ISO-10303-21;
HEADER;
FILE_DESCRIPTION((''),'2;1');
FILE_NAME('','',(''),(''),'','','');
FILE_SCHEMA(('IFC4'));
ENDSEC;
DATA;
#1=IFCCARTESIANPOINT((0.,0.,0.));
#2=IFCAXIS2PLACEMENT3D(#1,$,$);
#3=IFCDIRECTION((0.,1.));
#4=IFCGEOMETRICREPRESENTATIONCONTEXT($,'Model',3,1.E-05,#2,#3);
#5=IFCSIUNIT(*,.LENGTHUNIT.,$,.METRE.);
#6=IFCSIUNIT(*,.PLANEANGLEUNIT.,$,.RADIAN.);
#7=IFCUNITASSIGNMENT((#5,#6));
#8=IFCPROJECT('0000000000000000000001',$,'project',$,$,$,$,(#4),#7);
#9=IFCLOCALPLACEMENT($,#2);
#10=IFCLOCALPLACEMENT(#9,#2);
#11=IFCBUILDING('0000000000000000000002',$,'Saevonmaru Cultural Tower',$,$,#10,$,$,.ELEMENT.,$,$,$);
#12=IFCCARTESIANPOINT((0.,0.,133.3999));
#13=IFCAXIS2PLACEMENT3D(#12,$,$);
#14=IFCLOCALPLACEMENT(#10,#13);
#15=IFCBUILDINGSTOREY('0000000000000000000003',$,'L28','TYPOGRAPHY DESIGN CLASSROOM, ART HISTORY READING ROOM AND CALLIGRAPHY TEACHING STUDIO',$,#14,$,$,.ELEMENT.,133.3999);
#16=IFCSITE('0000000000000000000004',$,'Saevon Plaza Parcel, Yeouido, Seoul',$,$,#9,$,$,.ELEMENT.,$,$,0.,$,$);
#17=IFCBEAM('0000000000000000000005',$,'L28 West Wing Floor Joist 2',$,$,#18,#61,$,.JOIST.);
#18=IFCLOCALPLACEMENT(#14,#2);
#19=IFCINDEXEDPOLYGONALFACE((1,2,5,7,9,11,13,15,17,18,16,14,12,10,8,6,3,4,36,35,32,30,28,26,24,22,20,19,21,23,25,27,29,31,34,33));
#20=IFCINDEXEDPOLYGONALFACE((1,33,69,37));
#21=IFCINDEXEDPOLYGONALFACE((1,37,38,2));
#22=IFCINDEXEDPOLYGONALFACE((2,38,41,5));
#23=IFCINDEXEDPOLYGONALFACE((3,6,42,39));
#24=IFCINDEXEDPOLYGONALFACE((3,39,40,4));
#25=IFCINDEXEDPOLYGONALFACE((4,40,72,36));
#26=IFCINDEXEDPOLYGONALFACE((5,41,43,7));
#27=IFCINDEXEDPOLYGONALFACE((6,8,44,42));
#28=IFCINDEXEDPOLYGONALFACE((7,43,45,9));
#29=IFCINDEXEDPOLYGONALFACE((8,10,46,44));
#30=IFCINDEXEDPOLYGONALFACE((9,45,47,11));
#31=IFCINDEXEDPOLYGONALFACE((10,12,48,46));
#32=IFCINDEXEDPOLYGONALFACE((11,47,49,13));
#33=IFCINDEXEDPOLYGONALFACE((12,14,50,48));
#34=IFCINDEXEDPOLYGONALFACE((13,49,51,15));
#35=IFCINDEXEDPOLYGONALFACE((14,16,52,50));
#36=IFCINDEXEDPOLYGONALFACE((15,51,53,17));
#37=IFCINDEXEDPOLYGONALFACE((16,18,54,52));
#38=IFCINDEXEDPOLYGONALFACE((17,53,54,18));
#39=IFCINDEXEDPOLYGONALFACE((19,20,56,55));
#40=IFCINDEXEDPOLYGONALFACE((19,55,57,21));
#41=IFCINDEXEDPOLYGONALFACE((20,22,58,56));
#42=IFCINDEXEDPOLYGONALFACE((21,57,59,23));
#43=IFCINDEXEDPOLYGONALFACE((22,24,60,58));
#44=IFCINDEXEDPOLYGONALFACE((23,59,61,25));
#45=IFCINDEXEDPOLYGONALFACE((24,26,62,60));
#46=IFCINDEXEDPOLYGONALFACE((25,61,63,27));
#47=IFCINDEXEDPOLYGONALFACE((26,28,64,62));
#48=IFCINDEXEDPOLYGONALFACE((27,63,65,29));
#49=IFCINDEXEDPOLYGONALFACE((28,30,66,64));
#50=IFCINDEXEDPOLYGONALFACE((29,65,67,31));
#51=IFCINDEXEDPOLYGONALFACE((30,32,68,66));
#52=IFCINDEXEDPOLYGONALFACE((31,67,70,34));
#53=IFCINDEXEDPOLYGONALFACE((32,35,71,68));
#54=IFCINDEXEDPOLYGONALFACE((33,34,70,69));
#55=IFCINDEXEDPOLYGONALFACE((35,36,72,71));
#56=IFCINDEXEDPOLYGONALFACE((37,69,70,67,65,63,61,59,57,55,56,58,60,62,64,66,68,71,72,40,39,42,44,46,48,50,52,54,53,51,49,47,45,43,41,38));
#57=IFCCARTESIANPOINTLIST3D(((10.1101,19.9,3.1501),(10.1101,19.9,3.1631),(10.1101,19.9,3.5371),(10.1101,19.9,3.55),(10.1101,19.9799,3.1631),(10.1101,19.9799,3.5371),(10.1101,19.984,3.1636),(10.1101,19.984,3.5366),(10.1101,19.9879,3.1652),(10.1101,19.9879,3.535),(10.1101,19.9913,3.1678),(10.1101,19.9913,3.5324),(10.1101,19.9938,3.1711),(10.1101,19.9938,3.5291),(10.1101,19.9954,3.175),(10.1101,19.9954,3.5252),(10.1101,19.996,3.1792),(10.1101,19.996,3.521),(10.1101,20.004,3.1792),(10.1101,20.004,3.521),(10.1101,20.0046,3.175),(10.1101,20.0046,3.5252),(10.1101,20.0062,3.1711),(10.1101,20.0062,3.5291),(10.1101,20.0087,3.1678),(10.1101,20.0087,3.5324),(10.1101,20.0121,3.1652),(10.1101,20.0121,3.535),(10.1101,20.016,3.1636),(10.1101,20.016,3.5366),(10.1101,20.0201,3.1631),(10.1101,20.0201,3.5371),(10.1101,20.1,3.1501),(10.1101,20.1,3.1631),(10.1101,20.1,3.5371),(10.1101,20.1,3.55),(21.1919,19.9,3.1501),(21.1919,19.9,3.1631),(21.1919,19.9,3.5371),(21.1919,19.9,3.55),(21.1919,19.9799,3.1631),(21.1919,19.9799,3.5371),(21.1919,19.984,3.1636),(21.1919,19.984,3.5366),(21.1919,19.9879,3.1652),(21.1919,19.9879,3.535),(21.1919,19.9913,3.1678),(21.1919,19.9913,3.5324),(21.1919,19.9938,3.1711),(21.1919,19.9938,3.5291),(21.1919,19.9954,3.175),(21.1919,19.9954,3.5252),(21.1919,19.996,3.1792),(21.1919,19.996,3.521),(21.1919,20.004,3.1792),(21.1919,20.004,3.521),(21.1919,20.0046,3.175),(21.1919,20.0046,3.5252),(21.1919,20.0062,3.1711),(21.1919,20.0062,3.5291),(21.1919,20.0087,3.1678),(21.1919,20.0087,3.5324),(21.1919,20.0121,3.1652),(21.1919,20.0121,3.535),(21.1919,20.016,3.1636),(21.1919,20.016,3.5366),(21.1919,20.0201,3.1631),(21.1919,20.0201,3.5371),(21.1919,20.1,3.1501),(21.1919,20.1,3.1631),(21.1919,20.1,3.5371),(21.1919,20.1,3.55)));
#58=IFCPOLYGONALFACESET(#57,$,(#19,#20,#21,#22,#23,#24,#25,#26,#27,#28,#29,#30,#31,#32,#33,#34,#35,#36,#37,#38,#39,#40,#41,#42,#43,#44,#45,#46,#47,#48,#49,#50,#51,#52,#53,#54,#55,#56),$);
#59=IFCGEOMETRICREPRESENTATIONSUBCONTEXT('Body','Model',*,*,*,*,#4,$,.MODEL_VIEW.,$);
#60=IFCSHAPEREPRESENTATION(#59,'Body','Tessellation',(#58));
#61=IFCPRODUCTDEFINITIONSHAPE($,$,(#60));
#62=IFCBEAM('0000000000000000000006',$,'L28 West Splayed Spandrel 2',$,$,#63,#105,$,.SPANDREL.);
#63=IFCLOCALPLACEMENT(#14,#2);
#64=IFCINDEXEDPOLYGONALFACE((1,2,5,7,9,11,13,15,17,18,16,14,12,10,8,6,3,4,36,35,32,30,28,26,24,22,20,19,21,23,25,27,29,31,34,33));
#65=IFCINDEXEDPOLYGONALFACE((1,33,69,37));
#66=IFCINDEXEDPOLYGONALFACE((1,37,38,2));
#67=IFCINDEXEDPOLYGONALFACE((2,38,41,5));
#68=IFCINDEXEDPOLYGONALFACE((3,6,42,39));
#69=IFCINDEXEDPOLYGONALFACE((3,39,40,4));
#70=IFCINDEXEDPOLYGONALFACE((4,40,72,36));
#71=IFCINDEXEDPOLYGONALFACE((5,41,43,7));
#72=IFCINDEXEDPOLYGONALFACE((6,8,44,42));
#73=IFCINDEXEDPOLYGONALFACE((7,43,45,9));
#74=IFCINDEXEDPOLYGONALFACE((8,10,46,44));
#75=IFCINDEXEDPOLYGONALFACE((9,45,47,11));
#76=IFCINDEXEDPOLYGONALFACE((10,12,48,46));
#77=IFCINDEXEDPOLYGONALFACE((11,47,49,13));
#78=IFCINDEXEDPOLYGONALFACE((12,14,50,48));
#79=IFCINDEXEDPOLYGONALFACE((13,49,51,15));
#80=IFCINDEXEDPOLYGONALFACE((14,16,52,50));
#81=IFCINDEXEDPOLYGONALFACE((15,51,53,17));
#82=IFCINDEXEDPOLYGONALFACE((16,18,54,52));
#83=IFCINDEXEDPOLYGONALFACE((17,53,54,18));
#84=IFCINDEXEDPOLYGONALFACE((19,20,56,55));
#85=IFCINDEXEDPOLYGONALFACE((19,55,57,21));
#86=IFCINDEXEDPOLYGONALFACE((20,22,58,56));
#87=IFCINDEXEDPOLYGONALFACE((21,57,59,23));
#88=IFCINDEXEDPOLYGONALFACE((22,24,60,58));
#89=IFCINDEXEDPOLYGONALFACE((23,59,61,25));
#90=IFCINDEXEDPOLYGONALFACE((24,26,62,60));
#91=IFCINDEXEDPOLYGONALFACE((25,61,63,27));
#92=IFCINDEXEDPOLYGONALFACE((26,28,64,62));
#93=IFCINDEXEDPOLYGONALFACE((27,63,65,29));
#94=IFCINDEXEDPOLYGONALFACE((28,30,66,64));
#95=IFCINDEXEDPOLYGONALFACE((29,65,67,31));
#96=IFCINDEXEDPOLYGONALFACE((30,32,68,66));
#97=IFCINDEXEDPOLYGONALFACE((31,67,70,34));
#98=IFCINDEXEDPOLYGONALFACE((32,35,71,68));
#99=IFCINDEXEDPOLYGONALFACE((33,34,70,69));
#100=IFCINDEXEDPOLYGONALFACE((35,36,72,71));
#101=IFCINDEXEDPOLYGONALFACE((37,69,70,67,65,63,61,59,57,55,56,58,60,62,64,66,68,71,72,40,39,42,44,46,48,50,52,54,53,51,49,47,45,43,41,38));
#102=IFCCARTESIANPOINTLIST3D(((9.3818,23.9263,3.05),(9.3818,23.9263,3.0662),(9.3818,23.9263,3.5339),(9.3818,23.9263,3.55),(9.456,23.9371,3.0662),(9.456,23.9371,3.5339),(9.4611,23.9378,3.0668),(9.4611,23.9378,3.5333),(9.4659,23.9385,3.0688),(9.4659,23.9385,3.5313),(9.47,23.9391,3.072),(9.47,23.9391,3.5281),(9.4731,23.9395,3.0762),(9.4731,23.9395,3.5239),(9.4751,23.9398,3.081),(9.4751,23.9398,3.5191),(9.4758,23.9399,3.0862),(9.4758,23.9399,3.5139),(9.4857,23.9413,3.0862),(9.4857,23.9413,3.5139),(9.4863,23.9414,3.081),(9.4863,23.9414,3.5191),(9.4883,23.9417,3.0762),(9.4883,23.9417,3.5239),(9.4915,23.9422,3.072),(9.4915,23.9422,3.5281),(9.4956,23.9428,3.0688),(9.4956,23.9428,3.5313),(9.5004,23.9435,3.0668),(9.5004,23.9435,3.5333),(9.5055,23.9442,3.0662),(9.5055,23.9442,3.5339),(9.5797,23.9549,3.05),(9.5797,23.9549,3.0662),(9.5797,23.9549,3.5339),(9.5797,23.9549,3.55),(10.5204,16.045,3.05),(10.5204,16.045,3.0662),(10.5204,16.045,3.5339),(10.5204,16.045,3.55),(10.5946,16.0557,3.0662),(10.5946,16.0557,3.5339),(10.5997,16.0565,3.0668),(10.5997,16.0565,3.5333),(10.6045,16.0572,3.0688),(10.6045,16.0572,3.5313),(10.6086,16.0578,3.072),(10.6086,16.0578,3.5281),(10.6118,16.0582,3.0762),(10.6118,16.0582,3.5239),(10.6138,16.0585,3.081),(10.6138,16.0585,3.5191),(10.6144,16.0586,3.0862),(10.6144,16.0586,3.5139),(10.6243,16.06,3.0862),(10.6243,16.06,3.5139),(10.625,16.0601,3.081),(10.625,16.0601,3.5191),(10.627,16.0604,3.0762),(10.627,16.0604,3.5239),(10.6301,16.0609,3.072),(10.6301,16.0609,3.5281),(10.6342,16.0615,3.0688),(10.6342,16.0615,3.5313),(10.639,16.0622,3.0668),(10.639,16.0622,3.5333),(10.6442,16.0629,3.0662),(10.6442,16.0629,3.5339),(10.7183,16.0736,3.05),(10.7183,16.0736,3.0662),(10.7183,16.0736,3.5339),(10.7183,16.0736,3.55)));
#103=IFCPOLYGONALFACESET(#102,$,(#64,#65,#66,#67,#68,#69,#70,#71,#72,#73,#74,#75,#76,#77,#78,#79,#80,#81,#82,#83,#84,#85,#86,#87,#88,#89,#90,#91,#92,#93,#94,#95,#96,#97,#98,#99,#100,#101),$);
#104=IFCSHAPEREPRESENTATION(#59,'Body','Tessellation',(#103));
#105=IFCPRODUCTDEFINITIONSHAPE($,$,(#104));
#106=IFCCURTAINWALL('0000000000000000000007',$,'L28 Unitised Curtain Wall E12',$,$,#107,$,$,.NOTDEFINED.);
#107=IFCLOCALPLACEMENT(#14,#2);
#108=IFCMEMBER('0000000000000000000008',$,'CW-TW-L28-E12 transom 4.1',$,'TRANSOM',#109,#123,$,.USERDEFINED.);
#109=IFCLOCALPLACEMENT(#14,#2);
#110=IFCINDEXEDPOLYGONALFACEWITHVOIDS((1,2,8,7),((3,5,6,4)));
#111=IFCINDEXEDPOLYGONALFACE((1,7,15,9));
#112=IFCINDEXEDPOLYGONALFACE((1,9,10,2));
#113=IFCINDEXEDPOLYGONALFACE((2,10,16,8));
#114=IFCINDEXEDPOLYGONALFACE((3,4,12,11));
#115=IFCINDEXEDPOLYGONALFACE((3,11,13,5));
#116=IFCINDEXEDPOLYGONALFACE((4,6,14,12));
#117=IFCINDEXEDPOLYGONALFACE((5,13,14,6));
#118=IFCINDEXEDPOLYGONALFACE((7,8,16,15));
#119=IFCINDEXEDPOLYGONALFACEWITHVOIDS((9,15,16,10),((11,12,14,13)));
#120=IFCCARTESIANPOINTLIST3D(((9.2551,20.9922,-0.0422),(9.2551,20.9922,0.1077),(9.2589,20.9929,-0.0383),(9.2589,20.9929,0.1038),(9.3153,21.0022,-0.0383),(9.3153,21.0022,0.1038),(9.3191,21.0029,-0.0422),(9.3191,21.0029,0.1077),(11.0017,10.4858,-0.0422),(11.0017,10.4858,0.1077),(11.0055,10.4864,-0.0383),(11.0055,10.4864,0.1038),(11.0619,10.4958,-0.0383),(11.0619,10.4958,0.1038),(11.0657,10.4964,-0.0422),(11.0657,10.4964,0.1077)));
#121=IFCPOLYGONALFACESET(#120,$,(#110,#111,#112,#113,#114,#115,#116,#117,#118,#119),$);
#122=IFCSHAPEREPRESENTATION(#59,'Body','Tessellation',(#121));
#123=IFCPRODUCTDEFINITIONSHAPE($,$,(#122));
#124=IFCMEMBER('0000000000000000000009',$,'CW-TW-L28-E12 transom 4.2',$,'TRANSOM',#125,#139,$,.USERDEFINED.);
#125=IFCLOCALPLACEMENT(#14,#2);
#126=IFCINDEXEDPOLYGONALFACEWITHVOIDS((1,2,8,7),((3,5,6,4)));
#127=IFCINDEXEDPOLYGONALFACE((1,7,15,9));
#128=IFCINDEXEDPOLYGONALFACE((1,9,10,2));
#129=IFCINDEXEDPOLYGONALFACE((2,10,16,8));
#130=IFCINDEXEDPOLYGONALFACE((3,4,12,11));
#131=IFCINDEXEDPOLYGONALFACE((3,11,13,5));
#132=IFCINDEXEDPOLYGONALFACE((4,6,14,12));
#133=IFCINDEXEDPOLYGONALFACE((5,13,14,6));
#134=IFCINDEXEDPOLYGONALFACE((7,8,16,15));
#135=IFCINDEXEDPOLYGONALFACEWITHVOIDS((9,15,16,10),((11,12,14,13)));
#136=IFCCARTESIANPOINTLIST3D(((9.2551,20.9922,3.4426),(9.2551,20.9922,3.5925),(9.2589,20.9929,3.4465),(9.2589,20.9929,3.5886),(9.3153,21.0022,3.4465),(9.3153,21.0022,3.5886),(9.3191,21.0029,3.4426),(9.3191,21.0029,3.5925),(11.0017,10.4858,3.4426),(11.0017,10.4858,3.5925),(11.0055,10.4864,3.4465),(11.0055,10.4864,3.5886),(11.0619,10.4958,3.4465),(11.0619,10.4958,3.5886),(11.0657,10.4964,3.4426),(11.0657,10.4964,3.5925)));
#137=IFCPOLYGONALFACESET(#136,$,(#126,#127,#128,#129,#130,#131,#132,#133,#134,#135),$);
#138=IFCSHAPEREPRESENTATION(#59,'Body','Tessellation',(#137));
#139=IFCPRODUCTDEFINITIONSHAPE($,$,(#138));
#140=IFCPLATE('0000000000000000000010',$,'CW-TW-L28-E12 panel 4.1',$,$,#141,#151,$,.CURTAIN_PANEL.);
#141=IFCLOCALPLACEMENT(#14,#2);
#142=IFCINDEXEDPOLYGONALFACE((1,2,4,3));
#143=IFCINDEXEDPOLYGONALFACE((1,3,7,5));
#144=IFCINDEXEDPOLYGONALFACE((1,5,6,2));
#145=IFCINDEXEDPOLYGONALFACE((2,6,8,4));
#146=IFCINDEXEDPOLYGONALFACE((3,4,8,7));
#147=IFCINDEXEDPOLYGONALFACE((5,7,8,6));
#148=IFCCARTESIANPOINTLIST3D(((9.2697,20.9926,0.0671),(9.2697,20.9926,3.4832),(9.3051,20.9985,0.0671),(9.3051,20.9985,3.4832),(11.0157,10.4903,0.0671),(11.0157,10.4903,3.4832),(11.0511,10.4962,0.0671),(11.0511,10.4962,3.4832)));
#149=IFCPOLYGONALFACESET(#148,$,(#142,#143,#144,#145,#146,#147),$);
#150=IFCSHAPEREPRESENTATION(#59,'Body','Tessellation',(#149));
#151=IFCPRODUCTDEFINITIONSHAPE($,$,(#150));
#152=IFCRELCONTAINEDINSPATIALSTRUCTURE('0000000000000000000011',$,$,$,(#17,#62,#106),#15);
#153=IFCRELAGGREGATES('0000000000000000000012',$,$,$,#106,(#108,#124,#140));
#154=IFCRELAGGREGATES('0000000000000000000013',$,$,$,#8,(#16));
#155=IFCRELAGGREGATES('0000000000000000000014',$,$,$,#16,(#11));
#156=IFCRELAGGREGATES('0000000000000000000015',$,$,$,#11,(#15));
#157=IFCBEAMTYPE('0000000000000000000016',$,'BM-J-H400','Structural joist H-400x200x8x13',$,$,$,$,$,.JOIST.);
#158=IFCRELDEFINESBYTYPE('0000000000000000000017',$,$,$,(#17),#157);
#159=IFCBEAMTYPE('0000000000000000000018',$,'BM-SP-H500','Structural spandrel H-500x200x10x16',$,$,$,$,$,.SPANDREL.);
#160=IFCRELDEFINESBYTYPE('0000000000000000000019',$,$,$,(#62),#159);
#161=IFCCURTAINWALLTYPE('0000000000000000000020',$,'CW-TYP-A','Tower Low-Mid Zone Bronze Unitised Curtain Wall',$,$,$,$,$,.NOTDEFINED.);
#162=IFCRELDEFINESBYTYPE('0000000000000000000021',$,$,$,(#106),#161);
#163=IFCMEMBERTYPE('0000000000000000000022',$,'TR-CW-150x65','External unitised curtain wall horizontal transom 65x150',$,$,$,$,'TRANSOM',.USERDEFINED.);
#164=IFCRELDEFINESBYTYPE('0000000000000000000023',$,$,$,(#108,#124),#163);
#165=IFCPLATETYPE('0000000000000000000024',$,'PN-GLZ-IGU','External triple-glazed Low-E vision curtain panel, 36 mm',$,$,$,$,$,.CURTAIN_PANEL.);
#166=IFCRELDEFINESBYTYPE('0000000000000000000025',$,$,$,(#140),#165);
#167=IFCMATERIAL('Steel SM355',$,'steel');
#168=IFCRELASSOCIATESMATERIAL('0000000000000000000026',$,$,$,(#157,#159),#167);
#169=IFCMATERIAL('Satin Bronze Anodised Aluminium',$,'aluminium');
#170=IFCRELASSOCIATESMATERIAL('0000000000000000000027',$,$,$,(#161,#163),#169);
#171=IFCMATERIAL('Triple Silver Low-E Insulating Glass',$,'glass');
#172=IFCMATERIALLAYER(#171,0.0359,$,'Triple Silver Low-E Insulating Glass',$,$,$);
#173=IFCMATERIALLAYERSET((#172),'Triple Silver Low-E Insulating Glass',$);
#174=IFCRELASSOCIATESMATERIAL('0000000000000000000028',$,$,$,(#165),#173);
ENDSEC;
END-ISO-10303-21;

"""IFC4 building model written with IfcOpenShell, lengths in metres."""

from ifc_helpers import new_model, si_unit, direction, frame, origin, origin_2d, place, context, subcontext, project, spatial, rectangle, hollow_rectangle, i_section, extrude, material, layer, layer_set, material_profile, profile_set, type_object, element, aggregate, save


model = new_model("IFC4")

# Units and contexts
model_context = context("Model", 3, precision=1e-05, world=origin(), true_north=direction((0.0, 1.0)))
body_context = subcontext(model_context, "Body", "Model", "MODEL_VIEW")
ifc_project = project(units=[si_unit("LENGTHUNIT", "METRE"), si_unit("PLANEANGLEUNIT", "RADIAN")], contexts=[model_context])

# Site, building, storey
site_placement = place(None, origin())
site = spatial("IfcSite", under=ifc_project, at=site_placement, Name="Saevon Plaza Parcel, Yeouido, Seoul", CompositionType="ELEMENT", RefElevation=0.0)
building_placement = place(site_placement, origin())
building = spatial("IfcBuilding", under=site, at=building_placement, Name="Saevonmaru Cultural Tower", CompositionType="ELEMENT")
storey_placement = place(building_placement, frame((0.0, 0.0, 133.3999)))
storey = spatial("IfcBuildingStorey", under=building, at=storey_placement, Name="L28", Description="TYPOGRAPHY DESIGN CLASSROOM, ART HISTORY READING ROOM AND CALLIGRAPHY TEACHING STUDIO", CompositionType="ELEMENT", Elevation=133.3999)

# Beams
ifc_material_1 = material(Name="Steel SM355", Category="steel")
ifc_material_profile_1 = material_profile(ifc_material_1, i_section(OverallWidth=0.2, OverallDepth=0.3999, WebThickness=0.0081, FlangeThickness=0.0129, FilletRadius=0.0161, at=origin_2d()), Name="H-400x200x8x13")
ifc_profile_set_1 = profile_set([ifc_material_profile_1], Name="Steel SM355")
beam_type_1 = type_object("IfcBeamType", Name="BM-J-H400", Description="Structural joist H-400x200x8x13", PredefinedType="JOIST", material=ifc_profile_set_1)
beam_1_placement = place(storey_placement, frame((10.1101, 20.0, 3.3501), z_axis=(1.0, 0.0, 0.0), x_axis=(0.0, 1.0, 0.0)))
element("IfcBeam", 1, at=beam_1_placement, inside=storey, type_object=beam_type_1, Name="L28 West Wing Floor Joist 2", PredefinedType="JOIST", context=body_context, shape_type="SweptSolid", body=[
    extrude(i_section(OverallWidth=0.2, OverallDepth=0.3999, WebThickness=0.0081, FlangeThickness=0.0129, FilletRadius=0.0161, at=origin_2d()), origin(), (0.0, 0.0, 1.0), 11.0818),
])
ifc_material_profile_2 = material_profile(ifc_material_1, i_section(OverallWidth=0.2, OverallDepth=0.5, WebThickness=0.01, FlangeThickness=0.0161, FilletRadius=0.02, at=origin_2d()), Name="H-500x200x10x16")
ifc_profile_set_2 = profile_set([ifc_material_profile_2], Name="Steel SM355")
beam_type_2 = type_object("IfcBeamType", Name="BM-SP-H500", Description="Structural spandrel H-500x200x10x16", PredefinedType="SPANDREL", material=ifc_profile_set_2)
beam_2_placement = place(storey_placement, frame((10.6194, 16.0593, 3.3), z_axis=(-0.142992, 0.989724, 0.0), x_axis=(-0.989724, -0.142992, 0.0)))
element("IfcBeam", 2, at=beam_2_placement, inside=storey, type_object=beam_type_2, Name="L28 West Splayed Spandrel 2", PredefinedType="SPANDREL", context=body_context, shape_type="SweptSolid", body=[
    extrude(i_section(OverallWidth=0.2, OverallDepth=0.5, WebThickness=0.01, FlangeThickness=0.0161, FilletRadius=0.02, at=origin_2d()), origin(), (0.0, 0.0, 1.0), 7.9631),
])

# Curtain wall, members, plate
ifc_material_2 = material(Name="Satin Bronze Anodised Aluminium", Category="aluminium")
curtain_wall_type = type_object("IfcCurtainWallType", Name="CW-TYP-A", Description="Tower Low-Mid Zone Bronze Unitised Curtain Wall", PredefinedType="NOTDEFINED", material=ifc_material_2)
curtain_wall_placement = place(storey_placement, origin())
curtain_wall = element("IfcCurtainWall", 3, at=curtain_wall_placement, inside=storey, type_object=curtain_wall_type, Name="L28 Unitised Curtain Wall E12", PredefinedType="NOTDEFINED")
ifc_material_profile_3 = material_profile(ifc_material_2, hollow_rectangle(XDim=0.0649, YDim=0.1499, WallThickness=0.0039, at=origin_2d()), Name="ALU-TRAN-150x65x4")
ifc_profile_set_3 = profile_set([ifc_material_profile_3], Name="Satin Bronze Anodised Aluminium")
member_type = type_object("IfcMemberType", Name="TR-CW-150x65", Description="External unitised curtain wall horizontal transom 65x150", ElementType="TRANSOM", PredefinedType="USERDEFINED", material=ifc_profile_set_3)
member_1_placement = place(storey_placement, frame((9.2871, 20.9976, 0.0327), z_axis=(0.16399, -0.986462, 0.0), x_axis=(0.986462, 0.16399, 0.0)))
member_1 = element("IfcMember", 4, at=member_1_placement, type_object=member_type, Name="CW-TW-L28-E12 transom 4.1", ObjectType="TRANSOM", PredefinedType="USERDEFINED", context=body_context, shape_type="SweptSolid", body=[
    extrude(hollow_rectangle(XDim=0.0649, YDim=0.1499, WallThickness=0.0039, at=origin_2d()), origin(), (0.0, 0.0, 1.0), 10.6506),
])
member_2_placement = place(storey_placement, frame((9.2871, 20.9976, 3.5176), z_axis=(0.16399, -0.986462, 0.0), x_axis=(0.986462, 0.16399, 0.0)))
member_2 = element("IfcMember", 5, at=member_2_placement, type_object=member_type, Name="CW-TW-L28-E12 transom 4.2", ObjectType="TRANSOM", PredefinedType="USERDEFINED", context=body_context, shape_type="SweptSolid", body=[
    extrude(hollow_rectangle(XDim=0.0649, YDim=0.1499, WallThickness=0.0039, at=origin_2d()), origin(), (0.0, 0.0, 1.0), 10.6506),
])
ifc_material_3 = material(Name="Triple Silver Low-E Insulating Glass", Category="glass")
ifc_layer_1 = layer(ifc_material_3, 0.0359, Name="Triple Silver Low-E Insulating Glass")
ifc_layer_set_1 = layer_set([ifc_layer_1], Name="Triple Silver Low-E Insulating Glass")
plate_type = type_object("IfcPlateType", Name="PN-GLZ-IGU", Description="External triple-glazed Low-E vision curtain panel, 36 mm", PredefinedType="CURTAIN_PANEL", material=ifc_layer_set_1)
plate_placement = place(storey_placement, frame((10.1604, 15.7444, 0.0671), z_axis=(0.0, 0.0, 1.0), x_axis=(0.163999, -0.986461, 0.0)))
plate = element("IfcPlate", 6, at=plate_placement, type_object=plate_type, Name="CW-TW-L28-E12 panel 4.1", PredefinedType="CURTAIN_PANEL", context=body_context, shape_type="SweptSolid", body=[
    extrude(rectangle(XDim=10.6465, YDim=0.0359, at=origin_2d()), origin(), (0.0, 0.0, 1.0), 3.416),
])
aggregate(curtain_wall, [member_1, member_2, plate])

save(model, "model.ifc")
